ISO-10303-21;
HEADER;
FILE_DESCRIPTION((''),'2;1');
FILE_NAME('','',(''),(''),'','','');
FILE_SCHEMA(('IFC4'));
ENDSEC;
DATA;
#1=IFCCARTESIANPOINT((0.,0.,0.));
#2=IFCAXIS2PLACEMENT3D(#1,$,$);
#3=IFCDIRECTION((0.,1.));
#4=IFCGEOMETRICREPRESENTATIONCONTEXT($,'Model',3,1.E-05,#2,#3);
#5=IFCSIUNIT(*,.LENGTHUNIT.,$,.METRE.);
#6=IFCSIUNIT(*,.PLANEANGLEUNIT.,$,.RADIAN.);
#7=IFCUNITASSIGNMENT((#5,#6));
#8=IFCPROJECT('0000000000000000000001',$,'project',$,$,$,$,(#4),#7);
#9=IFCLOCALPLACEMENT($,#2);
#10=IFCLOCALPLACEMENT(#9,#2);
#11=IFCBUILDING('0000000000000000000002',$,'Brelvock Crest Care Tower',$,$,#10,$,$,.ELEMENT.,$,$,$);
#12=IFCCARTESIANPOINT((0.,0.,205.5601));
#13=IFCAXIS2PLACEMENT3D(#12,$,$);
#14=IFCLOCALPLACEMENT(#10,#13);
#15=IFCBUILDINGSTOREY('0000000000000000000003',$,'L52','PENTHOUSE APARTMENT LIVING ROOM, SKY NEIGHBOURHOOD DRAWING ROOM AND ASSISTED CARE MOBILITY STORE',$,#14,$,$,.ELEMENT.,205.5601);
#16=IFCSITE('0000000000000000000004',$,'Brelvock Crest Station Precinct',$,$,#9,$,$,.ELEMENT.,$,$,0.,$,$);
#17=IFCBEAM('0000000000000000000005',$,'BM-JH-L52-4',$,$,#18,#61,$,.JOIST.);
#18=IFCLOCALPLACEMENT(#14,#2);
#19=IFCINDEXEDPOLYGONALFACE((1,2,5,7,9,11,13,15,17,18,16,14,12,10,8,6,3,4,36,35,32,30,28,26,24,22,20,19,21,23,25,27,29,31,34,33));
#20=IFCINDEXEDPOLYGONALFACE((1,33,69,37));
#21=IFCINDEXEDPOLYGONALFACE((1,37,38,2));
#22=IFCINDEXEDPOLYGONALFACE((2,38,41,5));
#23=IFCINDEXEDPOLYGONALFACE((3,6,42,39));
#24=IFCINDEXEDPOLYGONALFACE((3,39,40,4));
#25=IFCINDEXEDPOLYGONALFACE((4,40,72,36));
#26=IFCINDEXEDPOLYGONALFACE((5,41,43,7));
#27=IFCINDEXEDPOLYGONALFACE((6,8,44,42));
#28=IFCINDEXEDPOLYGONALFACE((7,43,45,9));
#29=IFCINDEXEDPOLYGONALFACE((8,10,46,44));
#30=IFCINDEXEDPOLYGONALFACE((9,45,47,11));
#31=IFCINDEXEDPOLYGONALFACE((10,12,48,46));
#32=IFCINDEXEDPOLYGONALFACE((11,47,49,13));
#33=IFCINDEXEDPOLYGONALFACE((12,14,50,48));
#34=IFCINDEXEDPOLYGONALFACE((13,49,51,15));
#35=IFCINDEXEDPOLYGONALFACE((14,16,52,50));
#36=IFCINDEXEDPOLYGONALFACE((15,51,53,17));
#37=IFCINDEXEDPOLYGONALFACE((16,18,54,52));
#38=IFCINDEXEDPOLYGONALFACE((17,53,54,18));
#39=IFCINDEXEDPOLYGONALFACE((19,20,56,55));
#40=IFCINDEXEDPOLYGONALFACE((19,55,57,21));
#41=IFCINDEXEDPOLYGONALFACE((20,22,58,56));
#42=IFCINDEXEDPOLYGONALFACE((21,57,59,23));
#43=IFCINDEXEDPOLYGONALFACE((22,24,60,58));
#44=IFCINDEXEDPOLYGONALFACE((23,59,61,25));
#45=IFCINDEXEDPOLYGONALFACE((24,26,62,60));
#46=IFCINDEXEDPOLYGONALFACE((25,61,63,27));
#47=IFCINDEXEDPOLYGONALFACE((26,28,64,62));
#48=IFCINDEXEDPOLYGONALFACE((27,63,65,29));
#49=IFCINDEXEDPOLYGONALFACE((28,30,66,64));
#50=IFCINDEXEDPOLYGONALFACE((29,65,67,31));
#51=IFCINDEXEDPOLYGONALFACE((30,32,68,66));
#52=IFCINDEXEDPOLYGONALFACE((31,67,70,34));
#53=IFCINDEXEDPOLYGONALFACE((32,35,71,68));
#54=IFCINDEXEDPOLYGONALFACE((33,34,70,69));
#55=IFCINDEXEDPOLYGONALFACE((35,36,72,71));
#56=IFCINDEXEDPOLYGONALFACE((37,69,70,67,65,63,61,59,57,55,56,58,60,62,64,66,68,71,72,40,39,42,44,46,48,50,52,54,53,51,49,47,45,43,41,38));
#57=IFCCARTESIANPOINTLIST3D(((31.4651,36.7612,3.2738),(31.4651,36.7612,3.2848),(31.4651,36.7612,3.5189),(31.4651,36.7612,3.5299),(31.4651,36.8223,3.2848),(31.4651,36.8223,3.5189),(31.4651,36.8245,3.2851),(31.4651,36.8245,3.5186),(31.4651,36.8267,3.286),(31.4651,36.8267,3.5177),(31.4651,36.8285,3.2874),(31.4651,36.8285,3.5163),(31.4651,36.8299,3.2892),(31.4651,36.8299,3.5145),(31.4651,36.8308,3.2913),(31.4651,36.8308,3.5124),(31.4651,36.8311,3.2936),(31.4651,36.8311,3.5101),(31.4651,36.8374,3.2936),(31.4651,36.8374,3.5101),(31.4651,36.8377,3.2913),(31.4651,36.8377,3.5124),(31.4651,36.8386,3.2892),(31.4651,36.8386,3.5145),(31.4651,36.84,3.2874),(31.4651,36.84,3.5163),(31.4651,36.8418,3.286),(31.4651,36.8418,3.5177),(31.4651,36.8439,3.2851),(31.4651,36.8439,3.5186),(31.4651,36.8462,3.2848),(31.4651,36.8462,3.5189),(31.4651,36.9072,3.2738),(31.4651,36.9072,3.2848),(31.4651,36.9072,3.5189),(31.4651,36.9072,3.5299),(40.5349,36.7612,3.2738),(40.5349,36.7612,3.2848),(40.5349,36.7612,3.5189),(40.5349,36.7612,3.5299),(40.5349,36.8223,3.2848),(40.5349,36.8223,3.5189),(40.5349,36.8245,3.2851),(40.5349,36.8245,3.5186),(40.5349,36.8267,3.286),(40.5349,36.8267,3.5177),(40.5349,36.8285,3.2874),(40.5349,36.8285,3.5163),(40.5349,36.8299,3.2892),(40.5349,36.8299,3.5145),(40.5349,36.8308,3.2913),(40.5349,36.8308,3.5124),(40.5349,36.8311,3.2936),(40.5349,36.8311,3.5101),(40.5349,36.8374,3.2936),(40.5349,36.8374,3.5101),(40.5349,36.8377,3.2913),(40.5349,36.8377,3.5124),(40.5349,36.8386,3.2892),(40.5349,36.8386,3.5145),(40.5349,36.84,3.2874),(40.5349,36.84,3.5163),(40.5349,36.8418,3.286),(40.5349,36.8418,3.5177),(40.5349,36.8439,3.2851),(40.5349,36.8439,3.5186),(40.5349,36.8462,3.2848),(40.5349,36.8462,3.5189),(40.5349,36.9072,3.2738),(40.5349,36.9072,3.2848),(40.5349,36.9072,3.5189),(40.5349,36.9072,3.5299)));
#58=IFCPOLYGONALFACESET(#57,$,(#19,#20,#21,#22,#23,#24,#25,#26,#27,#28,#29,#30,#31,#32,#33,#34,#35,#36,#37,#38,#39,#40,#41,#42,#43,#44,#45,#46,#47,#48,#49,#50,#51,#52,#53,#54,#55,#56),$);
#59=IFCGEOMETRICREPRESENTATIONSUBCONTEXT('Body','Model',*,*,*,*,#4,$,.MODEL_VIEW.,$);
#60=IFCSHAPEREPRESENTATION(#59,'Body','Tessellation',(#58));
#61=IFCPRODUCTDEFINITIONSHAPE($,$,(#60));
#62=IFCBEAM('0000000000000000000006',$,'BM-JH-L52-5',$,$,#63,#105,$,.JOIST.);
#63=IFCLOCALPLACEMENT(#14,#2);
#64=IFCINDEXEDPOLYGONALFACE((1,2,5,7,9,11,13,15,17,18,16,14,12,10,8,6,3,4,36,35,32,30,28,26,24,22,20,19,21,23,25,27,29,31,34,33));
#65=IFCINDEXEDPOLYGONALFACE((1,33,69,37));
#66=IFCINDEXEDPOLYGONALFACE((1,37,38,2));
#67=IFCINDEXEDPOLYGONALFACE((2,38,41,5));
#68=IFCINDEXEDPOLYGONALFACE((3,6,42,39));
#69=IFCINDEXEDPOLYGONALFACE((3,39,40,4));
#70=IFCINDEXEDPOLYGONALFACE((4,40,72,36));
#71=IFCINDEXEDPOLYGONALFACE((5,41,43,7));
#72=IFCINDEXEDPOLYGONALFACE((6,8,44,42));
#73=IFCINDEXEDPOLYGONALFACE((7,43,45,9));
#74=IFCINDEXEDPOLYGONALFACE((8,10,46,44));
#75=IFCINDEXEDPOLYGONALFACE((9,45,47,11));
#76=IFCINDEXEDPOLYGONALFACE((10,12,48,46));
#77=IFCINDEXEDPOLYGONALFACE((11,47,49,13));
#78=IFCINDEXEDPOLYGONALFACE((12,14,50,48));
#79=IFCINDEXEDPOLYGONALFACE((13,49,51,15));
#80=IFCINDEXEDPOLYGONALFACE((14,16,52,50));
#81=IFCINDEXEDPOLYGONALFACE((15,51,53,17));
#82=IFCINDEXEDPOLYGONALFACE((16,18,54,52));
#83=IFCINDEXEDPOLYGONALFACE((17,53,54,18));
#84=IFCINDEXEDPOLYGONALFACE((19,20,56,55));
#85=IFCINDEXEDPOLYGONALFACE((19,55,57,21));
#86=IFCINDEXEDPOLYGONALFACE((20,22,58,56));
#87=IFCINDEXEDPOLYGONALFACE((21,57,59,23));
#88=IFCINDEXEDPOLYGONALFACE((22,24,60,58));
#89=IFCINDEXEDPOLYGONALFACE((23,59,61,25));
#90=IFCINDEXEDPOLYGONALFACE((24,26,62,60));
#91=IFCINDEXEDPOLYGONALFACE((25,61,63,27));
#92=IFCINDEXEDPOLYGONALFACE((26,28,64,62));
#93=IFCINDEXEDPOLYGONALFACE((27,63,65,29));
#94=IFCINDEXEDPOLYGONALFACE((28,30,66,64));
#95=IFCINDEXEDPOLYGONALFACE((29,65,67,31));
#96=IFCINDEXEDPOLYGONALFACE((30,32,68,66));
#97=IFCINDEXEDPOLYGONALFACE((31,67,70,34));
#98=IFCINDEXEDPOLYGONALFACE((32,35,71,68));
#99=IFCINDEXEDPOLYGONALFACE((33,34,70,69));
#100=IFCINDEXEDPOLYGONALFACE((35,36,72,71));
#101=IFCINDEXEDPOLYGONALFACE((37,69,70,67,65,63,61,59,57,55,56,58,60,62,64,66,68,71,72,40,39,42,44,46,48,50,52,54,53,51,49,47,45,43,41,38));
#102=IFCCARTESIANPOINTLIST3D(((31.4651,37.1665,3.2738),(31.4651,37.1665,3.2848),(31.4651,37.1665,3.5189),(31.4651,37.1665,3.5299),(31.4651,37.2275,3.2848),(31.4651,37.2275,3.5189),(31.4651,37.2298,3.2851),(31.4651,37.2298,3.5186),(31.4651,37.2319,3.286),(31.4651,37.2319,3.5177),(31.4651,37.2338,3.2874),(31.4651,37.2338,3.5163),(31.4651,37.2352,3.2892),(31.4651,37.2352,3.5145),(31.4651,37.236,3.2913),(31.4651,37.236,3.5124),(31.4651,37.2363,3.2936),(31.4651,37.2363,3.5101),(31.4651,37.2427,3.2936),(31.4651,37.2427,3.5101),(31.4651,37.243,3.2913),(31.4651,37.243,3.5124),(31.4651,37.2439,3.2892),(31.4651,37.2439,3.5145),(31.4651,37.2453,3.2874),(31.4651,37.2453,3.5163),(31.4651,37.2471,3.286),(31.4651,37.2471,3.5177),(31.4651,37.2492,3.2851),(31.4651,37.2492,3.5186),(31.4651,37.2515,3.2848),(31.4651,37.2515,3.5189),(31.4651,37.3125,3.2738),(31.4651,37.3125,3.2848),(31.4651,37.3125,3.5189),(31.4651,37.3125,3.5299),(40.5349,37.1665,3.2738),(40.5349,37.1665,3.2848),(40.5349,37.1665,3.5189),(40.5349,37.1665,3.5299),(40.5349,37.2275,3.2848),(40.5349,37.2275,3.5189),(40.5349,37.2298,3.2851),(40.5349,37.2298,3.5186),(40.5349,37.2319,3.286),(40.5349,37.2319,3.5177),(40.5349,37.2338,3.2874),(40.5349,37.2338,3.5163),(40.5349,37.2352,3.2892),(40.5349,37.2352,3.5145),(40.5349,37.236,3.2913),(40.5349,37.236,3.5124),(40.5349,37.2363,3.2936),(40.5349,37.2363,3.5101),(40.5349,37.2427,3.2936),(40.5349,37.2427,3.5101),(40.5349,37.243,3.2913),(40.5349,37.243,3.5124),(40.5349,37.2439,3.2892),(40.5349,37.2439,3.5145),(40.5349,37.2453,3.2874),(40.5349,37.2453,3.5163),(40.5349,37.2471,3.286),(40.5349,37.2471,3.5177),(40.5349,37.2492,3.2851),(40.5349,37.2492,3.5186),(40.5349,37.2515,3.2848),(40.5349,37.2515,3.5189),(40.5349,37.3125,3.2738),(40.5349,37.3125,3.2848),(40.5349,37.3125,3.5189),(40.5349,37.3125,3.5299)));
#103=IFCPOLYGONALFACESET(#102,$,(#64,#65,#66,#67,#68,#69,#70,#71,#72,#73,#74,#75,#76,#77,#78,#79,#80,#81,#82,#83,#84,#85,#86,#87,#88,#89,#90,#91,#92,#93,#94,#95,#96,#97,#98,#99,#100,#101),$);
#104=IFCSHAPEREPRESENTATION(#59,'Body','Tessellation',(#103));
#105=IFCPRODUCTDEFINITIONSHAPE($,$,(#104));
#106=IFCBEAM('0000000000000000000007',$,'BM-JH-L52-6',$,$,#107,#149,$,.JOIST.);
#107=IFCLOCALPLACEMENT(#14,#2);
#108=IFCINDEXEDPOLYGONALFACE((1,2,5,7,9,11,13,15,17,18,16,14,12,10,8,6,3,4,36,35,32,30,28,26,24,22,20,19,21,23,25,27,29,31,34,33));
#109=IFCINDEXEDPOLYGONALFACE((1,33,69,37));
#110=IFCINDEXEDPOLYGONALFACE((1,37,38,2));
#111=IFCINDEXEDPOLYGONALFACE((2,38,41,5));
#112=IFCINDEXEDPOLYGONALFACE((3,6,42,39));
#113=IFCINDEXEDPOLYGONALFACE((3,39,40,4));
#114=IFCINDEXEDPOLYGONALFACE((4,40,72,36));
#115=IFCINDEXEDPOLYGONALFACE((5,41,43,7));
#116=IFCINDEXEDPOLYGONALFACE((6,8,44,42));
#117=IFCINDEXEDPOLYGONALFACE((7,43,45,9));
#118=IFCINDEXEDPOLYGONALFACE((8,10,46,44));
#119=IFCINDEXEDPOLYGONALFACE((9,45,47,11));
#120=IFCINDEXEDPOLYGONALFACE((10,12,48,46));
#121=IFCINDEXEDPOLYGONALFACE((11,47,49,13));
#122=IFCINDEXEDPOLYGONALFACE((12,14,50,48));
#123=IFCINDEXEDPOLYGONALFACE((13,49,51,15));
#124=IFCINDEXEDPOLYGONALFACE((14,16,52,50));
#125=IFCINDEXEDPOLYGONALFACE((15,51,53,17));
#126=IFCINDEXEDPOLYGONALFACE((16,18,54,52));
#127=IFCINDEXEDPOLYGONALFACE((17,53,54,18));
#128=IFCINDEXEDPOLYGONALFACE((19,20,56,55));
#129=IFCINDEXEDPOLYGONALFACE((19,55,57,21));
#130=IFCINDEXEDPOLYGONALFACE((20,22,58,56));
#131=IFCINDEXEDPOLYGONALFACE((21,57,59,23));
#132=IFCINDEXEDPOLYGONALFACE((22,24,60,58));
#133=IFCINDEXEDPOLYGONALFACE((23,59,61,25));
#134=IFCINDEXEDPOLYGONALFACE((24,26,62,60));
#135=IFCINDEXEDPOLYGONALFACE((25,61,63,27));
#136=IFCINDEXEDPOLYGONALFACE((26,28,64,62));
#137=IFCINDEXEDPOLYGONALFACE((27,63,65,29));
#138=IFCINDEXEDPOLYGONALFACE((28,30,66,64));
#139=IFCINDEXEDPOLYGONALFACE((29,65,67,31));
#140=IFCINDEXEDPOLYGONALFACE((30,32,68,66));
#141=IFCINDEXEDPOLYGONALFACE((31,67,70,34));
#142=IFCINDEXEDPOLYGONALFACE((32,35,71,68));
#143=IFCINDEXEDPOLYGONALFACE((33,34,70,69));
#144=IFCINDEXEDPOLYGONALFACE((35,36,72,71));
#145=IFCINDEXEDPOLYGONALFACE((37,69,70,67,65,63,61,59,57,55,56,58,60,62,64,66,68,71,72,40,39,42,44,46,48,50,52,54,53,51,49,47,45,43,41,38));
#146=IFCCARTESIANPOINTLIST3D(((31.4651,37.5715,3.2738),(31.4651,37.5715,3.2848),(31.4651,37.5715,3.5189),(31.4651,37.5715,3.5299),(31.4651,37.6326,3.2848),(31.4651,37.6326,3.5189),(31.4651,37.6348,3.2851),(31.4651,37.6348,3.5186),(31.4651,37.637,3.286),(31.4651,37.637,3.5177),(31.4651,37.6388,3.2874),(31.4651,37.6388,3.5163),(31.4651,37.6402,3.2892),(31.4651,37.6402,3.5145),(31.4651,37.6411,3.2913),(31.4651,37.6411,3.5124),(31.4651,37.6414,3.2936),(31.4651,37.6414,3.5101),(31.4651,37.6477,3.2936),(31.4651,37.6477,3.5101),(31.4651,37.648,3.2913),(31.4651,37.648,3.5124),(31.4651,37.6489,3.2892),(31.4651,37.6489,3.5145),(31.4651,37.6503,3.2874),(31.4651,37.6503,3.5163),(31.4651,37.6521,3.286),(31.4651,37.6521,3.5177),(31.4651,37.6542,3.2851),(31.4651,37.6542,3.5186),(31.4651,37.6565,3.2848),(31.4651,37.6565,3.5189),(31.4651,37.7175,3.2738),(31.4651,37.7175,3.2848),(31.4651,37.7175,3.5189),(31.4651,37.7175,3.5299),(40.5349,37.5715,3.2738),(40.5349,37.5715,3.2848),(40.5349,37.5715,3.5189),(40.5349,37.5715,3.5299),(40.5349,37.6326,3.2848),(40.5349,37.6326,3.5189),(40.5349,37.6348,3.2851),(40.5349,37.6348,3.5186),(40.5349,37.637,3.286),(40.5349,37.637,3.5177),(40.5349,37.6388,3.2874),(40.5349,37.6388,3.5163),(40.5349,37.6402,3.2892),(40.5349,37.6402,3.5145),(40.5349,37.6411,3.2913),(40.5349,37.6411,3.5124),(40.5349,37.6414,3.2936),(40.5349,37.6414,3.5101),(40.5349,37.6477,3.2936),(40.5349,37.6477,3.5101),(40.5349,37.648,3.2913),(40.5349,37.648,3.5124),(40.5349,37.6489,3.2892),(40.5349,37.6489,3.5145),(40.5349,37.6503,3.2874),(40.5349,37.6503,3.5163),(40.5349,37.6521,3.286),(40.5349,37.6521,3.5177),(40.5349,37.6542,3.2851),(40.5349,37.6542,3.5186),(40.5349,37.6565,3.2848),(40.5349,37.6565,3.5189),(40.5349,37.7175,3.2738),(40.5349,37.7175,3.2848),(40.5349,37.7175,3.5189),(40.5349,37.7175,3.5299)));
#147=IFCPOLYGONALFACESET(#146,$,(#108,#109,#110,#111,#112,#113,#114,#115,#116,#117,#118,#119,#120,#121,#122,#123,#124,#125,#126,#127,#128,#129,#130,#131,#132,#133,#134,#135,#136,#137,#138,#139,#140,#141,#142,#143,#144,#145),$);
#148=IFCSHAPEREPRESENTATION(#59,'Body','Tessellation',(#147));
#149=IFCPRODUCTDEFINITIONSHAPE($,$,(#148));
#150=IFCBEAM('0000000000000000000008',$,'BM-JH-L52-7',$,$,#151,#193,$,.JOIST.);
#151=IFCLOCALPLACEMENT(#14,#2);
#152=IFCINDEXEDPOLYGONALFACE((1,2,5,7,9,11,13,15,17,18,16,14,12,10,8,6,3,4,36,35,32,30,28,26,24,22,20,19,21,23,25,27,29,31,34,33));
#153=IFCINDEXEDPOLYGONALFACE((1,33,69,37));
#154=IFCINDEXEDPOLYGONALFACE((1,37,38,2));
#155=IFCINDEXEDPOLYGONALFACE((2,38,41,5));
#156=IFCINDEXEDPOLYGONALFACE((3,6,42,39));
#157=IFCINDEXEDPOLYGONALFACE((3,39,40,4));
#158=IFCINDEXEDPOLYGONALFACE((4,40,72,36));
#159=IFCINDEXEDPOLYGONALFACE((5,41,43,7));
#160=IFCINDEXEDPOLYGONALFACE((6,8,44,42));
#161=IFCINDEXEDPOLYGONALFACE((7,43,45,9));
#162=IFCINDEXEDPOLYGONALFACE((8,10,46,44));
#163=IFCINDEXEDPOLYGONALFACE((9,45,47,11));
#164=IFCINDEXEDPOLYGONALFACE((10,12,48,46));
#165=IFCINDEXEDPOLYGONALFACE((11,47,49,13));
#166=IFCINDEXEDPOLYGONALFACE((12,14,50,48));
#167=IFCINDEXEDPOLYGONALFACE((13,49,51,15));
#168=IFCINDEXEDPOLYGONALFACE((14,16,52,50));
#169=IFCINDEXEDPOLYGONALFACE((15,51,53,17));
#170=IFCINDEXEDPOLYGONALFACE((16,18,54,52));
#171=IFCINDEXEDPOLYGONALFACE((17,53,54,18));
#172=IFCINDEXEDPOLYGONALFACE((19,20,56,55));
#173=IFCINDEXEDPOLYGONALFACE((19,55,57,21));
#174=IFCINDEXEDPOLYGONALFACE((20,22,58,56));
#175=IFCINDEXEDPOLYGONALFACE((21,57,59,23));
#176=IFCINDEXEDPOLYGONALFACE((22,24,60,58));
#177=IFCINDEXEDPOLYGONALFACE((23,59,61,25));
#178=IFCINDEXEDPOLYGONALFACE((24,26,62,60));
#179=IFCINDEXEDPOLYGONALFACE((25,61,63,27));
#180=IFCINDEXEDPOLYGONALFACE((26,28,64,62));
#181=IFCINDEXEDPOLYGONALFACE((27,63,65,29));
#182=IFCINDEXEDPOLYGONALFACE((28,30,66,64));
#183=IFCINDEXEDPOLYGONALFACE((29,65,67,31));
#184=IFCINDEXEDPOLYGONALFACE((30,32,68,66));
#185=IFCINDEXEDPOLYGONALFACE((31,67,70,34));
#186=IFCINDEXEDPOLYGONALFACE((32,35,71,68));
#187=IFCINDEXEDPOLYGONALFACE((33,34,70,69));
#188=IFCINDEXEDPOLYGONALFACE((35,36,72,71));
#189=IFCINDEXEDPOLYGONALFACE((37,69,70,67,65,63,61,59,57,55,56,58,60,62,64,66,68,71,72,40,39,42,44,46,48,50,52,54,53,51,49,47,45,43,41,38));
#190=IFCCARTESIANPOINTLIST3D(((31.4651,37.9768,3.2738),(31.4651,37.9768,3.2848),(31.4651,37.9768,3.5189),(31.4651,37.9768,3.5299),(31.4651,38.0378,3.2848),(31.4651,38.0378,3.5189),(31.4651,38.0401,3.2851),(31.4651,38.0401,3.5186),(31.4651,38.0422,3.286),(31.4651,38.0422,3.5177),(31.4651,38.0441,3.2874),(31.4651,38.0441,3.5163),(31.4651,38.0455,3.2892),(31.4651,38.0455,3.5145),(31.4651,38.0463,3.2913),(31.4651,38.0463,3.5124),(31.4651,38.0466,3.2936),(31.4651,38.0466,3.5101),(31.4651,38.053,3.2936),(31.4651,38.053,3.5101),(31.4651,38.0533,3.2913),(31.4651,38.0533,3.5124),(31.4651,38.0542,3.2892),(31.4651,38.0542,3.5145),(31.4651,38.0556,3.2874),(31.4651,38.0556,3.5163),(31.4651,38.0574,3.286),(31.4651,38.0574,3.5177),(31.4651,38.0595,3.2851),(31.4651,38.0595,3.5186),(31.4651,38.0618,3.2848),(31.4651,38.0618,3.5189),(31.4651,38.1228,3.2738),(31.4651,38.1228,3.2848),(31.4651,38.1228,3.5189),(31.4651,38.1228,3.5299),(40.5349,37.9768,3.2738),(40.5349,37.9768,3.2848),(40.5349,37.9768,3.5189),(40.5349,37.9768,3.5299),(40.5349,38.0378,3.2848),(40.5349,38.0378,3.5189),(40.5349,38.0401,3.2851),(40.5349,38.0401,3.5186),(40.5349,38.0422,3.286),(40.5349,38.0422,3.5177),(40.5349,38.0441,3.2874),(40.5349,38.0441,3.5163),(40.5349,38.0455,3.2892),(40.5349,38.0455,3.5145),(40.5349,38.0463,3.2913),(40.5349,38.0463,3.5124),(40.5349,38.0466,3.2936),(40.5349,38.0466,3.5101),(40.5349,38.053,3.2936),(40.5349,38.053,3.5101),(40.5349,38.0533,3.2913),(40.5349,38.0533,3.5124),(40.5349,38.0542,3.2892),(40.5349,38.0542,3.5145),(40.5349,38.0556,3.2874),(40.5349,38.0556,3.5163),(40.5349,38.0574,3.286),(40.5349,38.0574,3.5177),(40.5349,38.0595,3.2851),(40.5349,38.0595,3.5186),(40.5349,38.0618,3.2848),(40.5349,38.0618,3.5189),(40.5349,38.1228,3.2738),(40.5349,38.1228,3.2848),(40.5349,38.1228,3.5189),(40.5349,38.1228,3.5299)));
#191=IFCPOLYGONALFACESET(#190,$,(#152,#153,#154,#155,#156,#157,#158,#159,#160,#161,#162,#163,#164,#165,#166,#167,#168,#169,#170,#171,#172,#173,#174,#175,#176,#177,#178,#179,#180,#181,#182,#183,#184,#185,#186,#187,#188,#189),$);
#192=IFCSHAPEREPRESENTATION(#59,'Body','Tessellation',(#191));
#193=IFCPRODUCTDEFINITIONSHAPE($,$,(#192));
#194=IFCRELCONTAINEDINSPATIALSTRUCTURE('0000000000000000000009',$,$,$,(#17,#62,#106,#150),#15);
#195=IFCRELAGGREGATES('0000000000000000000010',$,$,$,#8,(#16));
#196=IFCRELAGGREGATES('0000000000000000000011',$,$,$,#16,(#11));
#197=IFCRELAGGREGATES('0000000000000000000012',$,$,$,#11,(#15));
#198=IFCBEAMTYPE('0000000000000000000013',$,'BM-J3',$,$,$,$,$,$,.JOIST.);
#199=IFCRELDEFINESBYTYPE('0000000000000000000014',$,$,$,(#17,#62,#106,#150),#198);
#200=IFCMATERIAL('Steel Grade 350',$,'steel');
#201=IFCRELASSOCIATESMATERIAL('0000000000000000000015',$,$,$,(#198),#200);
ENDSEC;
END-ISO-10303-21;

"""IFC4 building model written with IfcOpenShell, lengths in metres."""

from ifc_helpers import new_model, si_unit, direction, frame, origin, origin_2d, place, context, subcontext, project, spatial, i_section, extrude, source, transform, mapped, material, material_profile, profile_set, type_object, element, save


model = new_model("IFC4")

# Units and contexts
model_context = context("Model", 3, precision=1e-05, world=origin(), true_north=direction((0.0, 1.0)))
body_context = subcontext(model_context, "Body", "Model", "MODEL_VIEW")
ifc_project = project(units=[si_unit("LENGTHUNIT", "METRE"), si_unit("PLANEANGLEUNIT", "RADIAN")], contexts=[model_context])

# Site, building, storey
site_placement = place(None, origin())
site = spatial("IfcSite", under=ifc_project, at=site_placement, Name="Brelvock Crest Station Precinct", CompositionType="ELEMENT", RefElevation=0.0)
building_placement = place(site_placement, origin())
building = spatial("IfcBuilding", under=site, at=building_placement, Name="Brelvock Crest Care Tower", CompositionType="ELEMENT")
storey_placement = place(building_placement, frame((0.0, 0.0, 205.5601)))
storey = spatial("IfcBuildingStorey", under=building, at=storey_placement, Name="L52", Description="PENTHOUSE APARTMENT LIVING ROOM, SKY NEIGHBOURHOOD DRAWING ROOM AND ASSISTED CARE MOBILITY STORE", CompositionType="ELEMENT", Elevation=205.5601)

# Beams
ifc_material_1 = material(Name="Steel Grade 350", Category="steel")
ifc_material_profile_1 = material_profile(ifc_material_1, i_section(OverallWidth=0.146, OverallDepth=0.2561, WebThickness=0.0063, FlangeThickness=0.011, FilletRadius=0.0088, at=origin_2d()), Name="250UB37.3")
ifc_profile_set_1 = profile_set([ifc_material_profile_1], Name="Steel Grade 350")
beam_type_1 = type_object("IfcBeamType", Name="BM-J3", PredefinedType="JOIST", material=ifc_profile_set_1)
shared_shape_1 = source(origin(), body_context, "Body", "SweptSolid", [
    extrude(i_section(OverallWidth=0.146, OverallDepth=0.2561, WebThickness=0.0063, FlangeThickness=0.011, FilletRadius=0.0088, at=origin_2d()), origin(), (0.0, 0.0, 1.0), 9.0698),
])
for number, where, z_axis, x_axis, name in (
    (1, (31.4651, 36.8342, 3.4019), (1.0, 0.0, 0.0), (0.0, 1.0, 0.0), "BM-JH-L52-4"),
    (2, (31.4651, 37.2395, 3.4019), (1.0, 0.0, 0.0), (0.0, 1.0, 0.0), "BM-JH-L52-5"),
    (3, (31.4651, 37.6445, 3.4019), (1.0, 0.0, 0.0), (0.0, 1.0, 0.0), "BM-JH-L52-6"),
    (4, (31.4651, 38.0498, 3.4019), (1.0, 0.0, 0.0), (0.0, 1.0, 0.0), "BM-JH-L52-7"),
):
    element("IfcBeam", number, at=place(storey_placement, frame(where, z_axis=z_axis, x_axis=x_axis)), inside=storey, type_object=beam_type_1, Name=name, PredefinedType="JOIST", context=body_context, shape_type="MappedRepresentation", body=[
        mapped(shared_shape_1, transform((0.0, 0.0, 0.0), x_axis=(1.0, 0.0, 0.0), y_axis=(0.0, 1.0, 0.0), z_axis=(0.0, 0.0, 1.0), scale=1.0)),
    ])

save(model, "model.ifc")
